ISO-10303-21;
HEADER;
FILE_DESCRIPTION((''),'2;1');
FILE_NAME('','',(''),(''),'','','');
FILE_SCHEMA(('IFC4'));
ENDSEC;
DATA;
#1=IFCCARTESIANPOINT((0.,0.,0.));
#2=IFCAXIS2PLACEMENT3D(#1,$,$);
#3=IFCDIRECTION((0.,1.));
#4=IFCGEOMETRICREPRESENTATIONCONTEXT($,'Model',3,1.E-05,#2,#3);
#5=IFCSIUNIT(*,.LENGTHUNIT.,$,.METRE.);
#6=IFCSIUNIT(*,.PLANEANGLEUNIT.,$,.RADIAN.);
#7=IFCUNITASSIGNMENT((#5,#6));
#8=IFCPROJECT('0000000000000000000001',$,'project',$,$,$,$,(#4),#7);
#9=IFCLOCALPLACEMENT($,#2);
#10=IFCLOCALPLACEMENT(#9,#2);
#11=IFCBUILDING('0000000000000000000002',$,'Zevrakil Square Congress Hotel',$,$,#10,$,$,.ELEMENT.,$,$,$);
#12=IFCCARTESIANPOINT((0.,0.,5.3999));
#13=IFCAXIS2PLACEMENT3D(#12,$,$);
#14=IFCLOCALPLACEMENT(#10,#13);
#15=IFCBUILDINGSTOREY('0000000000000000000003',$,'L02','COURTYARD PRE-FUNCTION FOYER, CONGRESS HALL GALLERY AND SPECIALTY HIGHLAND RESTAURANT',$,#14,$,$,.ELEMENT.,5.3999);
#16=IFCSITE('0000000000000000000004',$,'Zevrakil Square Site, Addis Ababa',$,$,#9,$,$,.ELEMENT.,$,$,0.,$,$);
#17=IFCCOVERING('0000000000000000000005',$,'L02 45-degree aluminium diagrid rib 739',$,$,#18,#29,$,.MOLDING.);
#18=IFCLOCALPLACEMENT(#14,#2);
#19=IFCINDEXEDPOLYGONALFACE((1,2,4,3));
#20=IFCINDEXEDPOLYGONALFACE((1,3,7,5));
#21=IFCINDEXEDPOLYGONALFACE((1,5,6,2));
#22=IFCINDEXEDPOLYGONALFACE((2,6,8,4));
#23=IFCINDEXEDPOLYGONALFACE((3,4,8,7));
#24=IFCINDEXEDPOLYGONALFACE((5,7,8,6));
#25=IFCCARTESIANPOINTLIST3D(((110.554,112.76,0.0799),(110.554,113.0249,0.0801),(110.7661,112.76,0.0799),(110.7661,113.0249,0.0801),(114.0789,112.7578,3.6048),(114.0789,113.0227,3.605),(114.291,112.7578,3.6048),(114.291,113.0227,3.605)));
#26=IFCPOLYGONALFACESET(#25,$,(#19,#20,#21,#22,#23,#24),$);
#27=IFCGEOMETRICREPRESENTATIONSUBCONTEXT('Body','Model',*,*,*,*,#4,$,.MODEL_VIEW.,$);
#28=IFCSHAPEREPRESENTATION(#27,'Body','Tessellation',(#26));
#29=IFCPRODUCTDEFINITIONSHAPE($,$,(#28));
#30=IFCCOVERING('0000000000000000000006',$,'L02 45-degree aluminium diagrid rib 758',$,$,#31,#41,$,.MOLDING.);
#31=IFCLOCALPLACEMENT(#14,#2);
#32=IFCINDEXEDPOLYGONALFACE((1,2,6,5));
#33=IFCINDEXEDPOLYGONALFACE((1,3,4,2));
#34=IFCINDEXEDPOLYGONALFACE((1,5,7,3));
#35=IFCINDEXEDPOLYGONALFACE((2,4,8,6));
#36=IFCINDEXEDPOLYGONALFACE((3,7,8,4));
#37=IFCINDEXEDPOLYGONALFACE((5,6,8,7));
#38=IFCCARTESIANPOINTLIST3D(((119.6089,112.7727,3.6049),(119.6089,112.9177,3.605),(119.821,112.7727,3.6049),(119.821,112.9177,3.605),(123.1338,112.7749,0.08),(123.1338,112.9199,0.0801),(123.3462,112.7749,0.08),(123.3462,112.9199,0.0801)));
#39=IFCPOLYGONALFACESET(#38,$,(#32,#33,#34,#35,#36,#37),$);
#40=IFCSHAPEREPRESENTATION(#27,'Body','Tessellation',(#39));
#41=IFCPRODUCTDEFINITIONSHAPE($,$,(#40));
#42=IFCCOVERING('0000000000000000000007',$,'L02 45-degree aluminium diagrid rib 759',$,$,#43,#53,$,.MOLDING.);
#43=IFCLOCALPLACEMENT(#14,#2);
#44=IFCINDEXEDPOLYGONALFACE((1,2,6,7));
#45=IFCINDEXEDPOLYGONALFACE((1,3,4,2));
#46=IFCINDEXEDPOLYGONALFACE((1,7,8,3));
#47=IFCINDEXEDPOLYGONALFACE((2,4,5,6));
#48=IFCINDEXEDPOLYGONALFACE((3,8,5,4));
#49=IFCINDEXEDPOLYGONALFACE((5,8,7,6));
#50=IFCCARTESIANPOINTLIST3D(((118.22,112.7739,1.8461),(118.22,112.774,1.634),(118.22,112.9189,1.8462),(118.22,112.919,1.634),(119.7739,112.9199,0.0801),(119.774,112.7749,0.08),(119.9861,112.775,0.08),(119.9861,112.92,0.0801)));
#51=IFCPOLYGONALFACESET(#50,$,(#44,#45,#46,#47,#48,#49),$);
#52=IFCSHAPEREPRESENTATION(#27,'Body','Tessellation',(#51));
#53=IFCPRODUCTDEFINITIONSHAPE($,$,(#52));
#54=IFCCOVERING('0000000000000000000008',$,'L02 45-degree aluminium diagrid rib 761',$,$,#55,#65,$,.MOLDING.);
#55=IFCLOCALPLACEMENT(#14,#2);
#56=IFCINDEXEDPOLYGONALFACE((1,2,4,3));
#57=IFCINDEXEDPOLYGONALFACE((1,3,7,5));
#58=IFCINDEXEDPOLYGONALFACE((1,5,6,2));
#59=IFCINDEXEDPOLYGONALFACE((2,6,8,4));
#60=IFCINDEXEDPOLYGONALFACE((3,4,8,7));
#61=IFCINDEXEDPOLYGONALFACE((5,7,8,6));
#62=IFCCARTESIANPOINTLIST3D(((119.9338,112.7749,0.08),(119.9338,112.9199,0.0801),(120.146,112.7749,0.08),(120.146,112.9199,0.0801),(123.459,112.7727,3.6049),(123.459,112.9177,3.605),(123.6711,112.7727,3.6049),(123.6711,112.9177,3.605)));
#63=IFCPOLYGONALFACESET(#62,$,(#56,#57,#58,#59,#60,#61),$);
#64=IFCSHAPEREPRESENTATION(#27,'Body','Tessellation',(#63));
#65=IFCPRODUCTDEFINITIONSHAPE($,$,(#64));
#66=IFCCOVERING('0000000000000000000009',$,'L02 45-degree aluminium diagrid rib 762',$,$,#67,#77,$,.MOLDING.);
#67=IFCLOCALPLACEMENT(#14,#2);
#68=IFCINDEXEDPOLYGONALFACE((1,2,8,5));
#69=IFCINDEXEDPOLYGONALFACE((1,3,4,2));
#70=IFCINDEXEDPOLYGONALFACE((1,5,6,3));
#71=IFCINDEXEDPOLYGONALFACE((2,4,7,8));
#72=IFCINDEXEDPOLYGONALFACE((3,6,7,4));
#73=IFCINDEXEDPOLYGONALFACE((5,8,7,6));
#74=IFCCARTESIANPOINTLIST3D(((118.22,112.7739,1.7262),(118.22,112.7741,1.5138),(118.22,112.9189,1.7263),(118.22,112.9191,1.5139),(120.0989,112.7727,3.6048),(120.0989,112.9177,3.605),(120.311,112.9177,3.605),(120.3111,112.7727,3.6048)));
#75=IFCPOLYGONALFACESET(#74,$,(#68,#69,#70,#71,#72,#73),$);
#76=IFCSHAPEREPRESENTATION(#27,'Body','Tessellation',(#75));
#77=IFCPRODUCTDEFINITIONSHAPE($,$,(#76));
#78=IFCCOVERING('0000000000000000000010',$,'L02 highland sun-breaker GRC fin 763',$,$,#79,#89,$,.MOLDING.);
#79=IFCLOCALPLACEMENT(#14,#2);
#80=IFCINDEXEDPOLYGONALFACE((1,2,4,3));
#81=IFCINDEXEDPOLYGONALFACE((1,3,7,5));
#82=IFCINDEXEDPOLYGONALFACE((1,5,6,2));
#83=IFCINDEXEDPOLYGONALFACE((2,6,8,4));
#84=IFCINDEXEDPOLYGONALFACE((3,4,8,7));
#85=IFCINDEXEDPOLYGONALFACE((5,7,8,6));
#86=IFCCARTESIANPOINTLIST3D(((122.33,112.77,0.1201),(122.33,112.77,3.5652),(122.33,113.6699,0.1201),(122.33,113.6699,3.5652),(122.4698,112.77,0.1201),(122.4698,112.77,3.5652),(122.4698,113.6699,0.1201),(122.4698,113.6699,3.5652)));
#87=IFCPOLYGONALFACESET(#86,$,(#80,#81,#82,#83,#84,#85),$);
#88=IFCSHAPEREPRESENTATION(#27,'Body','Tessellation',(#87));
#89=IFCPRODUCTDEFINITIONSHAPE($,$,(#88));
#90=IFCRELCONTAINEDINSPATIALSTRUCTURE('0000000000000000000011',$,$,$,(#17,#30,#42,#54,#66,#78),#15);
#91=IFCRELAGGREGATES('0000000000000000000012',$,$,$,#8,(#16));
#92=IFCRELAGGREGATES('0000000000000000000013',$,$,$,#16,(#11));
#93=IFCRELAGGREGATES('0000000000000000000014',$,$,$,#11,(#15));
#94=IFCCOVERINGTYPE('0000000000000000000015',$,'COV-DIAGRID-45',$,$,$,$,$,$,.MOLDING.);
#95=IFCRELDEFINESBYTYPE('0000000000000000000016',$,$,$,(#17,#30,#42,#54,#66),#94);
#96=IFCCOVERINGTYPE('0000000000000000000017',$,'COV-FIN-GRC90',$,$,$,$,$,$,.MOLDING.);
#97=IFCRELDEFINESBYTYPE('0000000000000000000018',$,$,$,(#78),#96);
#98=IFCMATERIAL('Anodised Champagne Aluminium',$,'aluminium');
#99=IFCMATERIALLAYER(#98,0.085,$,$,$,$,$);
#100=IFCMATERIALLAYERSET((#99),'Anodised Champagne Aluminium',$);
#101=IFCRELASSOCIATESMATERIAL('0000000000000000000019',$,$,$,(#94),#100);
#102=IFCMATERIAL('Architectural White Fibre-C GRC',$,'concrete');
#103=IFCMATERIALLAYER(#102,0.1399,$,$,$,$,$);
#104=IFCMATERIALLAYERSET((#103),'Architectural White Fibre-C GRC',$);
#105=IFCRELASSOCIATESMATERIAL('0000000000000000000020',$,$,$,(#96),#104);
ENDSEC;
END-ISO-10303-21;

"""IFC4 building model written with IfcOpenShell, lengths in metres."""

from ifc_helpers import new_model, si_unit, direction, frame, origin, origin_2d, place, context, subcontext, project, spatial, polyline, rectangle, outline, extrude, material, layer, layer_set, type_object, element, save


model = new_model("IFC4")

# Units and contexts
model_context = context("Model", 3, precision=1e-05, world=origin(), true_north=direction((0.0, 1.0)))
body_context = subcontext(model_context, "Body", "Model", "MODEL_VIEW")
ifc_project = project(units=[si_unit("LENGTHUNIT", "METRE"), si_unit("PLANEANGLEUNIT", "RADIAN")], contexts=[model_context])

# Site, building, storey
site_placement = place(None, origin())
site = spatial("IfcSite", under=ifc_project, at=site_placement, Name="Zevrakil Square Site, Addis Ababa", CompositionType="ELEMENT", RefElevation=0.0)
building_placement = place(site_placement, origin())
building = spatial("IfcBuilding", under=site, at=building_placement, Name="Zevrakil Square Congress Hotel", CompositionType="ELEMENT")
storey_placement = place(building_placement, frame((0.0, 0.0, 5.3999)))
storey = spatial("IfcBuildingStorey", under=building, at=storey_placement, Name="L02", Description="COURTYARD PRE-FUNCTION FOYER, CONGRESS HALL GALLERY AND SPECIALTY HIGHLAND RESTAURANT", CompositionType="ELEMENT", Elevation=5.3999)

# Coverings
ifc_material_1 = material(Name="Anodised Champagne Aluminium", Category="aluminium")
ifc_layer_1 = layer(ifc_material_1, 0.085)
ifc_layer_set_1 = layer_set([ifc_layer_1], Name="Anodised Champagne Aluminium")
covering_type_1 = type_object("IfcCoveringType", Name="COV-DIAGRID-45", PredefinedType="MOLDING", material=ifc_layer_set_1)
covering_1_placement = place(storey_placement, frame((114.291, 113.0227, 3.605), z_axis=(0.0, 1.0, 0.000623), x_axis=(-1.0, 0.0, 0.0)))
element("IfcCovering", 1, at=covering_1_placement, inside=storey, type_object=covering_type_1, Name="L02 45-degree aluminium diagrid rib 739", PredefinedType="MOLDING", context=body_context, shape_type="SweptSolid", body=[
    extrude(outline(polyline([(0.0, 0.0), (0.2122, 0.0), (3.7371, -3.5249), (3.5249, -3.5249), (0.0, 0.0)])), origin(), (0.0, 0.0, -1.0), 0.2649),
])
covering_2_placement = place(storey_placement, frame((123.1338, 112.9199, 0.0801), z_axis=(0.0, 1.0, 0.000623), x_axis=(1.0, 0.0, 0.0)))
element("IfcCovering", 2, at=covering_2_placement, inside=storey, type_object=covering_type_1, Name="L02 45-degree aluminium diagrid rib 758", PredefinedType="MOLDING", context=body_context, shape_type="SweptSolid", body=[
    extrude(outline(polyline([(0.0, 0.0), (0.2124, 0.0), (-3.3127, -3.5249), (-3.5249, -3.5249), (0.0, 0.0)])), origin(), (0.0, 0.0, -1.0), 0.145),
])
covering_3_placement = place(storey_placement, frame((119.7739, 112.9199, 0.0801), z_axis=(-0.000294, 1.0, 0.000294), x_axis=(1.0, 0.000294, 0.0)))
element("IfcCovering", 3, at=covering_3_placement, inside=storey, type_object=covering_type_1, Name="L02 45-degree aluminium diagrid rib 759", PredefinedType="MOLDING", context=body_context, shape_type="SweptSolid", body=[
    extrude(outline(polyline([(0.0, 0.0), (0.2122, 0.0), (-1.554, -1.7661), (-1.554, -1.554), (0.0, 0.0)])), origin(), (0.0, 0.0, -1.0), 0.145),
])
covering_4_placement = place(storey_placement, frame((123.6711, 112.9177, 3.605), z_axis=(0.0, 1.0, 0.000623), x_axis=(-1.0, 0.0, 0.0)))
element("IfcCovering", 4, at=covering_4_placement, inside=storey, type_object=covering_type_1, Name="L02 45-degree aluminium diagrid rib 761", PredefinedType="MOLDING", context=body_context, shape_type="SweptSolid", body=[
    extrude(outline(polyline([(0.0, 0.0), (0.2122, 0.0), (3.7373, -3.5249), (3.5251, -3.5249), (0.0, 0.0)])), origin(), (0.0, 0.0, -1.0), 0.145),
])
covering_5_placement = place(storey_placement, frame((120.311, 112.9177, 3.605), z_axis=(-0.000237, 1.0, 0.000913), x_axis=(-1.0, -0.000237, 0.0)))
element("IfcCovering", 5, at=covering_5_placement, inside=storey, type_object=covering_type_1, Name="L02 45-degree aluminium diagrid rib 762", PredefinedType="MOLDING", context=body_context, shape_type="SweptSolid", body=[
    extrude(outline(polyline([(0.0, 0.0), (0.2122, 0.0), (2.0911, -1.8787), (2.0911, -2.0911), (0.0, 0.0)])), origin(), (0.0, 0.0, -1.0), 0.145),
])
ifc_material_2 = material(Name="Architectural White Fibre-C GRC", Category="concrete")
ifc_layer_2 = layer(ifc_material_2, 0.1399)
ifc_layer_set_2 = layer_set([ifc_layer_2], Name="Architectural White Fibre-C GRC")
covering_type_2 = type_object("IfcCoveringType", Name="COV-FIN-GRC90", PredefinedType="MOLDING", material=ifc_layer_set_2)
covering_6_placement = place(storey_placement, frame((122.3999, 113.22, 0.1201), z_axis=(0.0, 0.0, 1.0), x_axis=(0.0, 1.0, 0.0)))
element("IfcCovering", 6, at=covering_6_placement, inside=storey, type_object=covering_type_2, Name="L02 highland sun-breaker GRC fin 763", PredefinedType="MOLDING", context=body_context, shape_type="SweptSolid", body=[
    extrude(rectangle(XDim=0.8999, YDim=0.1399, at=origin_2d()), origin(), (0.0, 0.0, 1.0), 3.4451),
])

save(model, "model.ifc")
